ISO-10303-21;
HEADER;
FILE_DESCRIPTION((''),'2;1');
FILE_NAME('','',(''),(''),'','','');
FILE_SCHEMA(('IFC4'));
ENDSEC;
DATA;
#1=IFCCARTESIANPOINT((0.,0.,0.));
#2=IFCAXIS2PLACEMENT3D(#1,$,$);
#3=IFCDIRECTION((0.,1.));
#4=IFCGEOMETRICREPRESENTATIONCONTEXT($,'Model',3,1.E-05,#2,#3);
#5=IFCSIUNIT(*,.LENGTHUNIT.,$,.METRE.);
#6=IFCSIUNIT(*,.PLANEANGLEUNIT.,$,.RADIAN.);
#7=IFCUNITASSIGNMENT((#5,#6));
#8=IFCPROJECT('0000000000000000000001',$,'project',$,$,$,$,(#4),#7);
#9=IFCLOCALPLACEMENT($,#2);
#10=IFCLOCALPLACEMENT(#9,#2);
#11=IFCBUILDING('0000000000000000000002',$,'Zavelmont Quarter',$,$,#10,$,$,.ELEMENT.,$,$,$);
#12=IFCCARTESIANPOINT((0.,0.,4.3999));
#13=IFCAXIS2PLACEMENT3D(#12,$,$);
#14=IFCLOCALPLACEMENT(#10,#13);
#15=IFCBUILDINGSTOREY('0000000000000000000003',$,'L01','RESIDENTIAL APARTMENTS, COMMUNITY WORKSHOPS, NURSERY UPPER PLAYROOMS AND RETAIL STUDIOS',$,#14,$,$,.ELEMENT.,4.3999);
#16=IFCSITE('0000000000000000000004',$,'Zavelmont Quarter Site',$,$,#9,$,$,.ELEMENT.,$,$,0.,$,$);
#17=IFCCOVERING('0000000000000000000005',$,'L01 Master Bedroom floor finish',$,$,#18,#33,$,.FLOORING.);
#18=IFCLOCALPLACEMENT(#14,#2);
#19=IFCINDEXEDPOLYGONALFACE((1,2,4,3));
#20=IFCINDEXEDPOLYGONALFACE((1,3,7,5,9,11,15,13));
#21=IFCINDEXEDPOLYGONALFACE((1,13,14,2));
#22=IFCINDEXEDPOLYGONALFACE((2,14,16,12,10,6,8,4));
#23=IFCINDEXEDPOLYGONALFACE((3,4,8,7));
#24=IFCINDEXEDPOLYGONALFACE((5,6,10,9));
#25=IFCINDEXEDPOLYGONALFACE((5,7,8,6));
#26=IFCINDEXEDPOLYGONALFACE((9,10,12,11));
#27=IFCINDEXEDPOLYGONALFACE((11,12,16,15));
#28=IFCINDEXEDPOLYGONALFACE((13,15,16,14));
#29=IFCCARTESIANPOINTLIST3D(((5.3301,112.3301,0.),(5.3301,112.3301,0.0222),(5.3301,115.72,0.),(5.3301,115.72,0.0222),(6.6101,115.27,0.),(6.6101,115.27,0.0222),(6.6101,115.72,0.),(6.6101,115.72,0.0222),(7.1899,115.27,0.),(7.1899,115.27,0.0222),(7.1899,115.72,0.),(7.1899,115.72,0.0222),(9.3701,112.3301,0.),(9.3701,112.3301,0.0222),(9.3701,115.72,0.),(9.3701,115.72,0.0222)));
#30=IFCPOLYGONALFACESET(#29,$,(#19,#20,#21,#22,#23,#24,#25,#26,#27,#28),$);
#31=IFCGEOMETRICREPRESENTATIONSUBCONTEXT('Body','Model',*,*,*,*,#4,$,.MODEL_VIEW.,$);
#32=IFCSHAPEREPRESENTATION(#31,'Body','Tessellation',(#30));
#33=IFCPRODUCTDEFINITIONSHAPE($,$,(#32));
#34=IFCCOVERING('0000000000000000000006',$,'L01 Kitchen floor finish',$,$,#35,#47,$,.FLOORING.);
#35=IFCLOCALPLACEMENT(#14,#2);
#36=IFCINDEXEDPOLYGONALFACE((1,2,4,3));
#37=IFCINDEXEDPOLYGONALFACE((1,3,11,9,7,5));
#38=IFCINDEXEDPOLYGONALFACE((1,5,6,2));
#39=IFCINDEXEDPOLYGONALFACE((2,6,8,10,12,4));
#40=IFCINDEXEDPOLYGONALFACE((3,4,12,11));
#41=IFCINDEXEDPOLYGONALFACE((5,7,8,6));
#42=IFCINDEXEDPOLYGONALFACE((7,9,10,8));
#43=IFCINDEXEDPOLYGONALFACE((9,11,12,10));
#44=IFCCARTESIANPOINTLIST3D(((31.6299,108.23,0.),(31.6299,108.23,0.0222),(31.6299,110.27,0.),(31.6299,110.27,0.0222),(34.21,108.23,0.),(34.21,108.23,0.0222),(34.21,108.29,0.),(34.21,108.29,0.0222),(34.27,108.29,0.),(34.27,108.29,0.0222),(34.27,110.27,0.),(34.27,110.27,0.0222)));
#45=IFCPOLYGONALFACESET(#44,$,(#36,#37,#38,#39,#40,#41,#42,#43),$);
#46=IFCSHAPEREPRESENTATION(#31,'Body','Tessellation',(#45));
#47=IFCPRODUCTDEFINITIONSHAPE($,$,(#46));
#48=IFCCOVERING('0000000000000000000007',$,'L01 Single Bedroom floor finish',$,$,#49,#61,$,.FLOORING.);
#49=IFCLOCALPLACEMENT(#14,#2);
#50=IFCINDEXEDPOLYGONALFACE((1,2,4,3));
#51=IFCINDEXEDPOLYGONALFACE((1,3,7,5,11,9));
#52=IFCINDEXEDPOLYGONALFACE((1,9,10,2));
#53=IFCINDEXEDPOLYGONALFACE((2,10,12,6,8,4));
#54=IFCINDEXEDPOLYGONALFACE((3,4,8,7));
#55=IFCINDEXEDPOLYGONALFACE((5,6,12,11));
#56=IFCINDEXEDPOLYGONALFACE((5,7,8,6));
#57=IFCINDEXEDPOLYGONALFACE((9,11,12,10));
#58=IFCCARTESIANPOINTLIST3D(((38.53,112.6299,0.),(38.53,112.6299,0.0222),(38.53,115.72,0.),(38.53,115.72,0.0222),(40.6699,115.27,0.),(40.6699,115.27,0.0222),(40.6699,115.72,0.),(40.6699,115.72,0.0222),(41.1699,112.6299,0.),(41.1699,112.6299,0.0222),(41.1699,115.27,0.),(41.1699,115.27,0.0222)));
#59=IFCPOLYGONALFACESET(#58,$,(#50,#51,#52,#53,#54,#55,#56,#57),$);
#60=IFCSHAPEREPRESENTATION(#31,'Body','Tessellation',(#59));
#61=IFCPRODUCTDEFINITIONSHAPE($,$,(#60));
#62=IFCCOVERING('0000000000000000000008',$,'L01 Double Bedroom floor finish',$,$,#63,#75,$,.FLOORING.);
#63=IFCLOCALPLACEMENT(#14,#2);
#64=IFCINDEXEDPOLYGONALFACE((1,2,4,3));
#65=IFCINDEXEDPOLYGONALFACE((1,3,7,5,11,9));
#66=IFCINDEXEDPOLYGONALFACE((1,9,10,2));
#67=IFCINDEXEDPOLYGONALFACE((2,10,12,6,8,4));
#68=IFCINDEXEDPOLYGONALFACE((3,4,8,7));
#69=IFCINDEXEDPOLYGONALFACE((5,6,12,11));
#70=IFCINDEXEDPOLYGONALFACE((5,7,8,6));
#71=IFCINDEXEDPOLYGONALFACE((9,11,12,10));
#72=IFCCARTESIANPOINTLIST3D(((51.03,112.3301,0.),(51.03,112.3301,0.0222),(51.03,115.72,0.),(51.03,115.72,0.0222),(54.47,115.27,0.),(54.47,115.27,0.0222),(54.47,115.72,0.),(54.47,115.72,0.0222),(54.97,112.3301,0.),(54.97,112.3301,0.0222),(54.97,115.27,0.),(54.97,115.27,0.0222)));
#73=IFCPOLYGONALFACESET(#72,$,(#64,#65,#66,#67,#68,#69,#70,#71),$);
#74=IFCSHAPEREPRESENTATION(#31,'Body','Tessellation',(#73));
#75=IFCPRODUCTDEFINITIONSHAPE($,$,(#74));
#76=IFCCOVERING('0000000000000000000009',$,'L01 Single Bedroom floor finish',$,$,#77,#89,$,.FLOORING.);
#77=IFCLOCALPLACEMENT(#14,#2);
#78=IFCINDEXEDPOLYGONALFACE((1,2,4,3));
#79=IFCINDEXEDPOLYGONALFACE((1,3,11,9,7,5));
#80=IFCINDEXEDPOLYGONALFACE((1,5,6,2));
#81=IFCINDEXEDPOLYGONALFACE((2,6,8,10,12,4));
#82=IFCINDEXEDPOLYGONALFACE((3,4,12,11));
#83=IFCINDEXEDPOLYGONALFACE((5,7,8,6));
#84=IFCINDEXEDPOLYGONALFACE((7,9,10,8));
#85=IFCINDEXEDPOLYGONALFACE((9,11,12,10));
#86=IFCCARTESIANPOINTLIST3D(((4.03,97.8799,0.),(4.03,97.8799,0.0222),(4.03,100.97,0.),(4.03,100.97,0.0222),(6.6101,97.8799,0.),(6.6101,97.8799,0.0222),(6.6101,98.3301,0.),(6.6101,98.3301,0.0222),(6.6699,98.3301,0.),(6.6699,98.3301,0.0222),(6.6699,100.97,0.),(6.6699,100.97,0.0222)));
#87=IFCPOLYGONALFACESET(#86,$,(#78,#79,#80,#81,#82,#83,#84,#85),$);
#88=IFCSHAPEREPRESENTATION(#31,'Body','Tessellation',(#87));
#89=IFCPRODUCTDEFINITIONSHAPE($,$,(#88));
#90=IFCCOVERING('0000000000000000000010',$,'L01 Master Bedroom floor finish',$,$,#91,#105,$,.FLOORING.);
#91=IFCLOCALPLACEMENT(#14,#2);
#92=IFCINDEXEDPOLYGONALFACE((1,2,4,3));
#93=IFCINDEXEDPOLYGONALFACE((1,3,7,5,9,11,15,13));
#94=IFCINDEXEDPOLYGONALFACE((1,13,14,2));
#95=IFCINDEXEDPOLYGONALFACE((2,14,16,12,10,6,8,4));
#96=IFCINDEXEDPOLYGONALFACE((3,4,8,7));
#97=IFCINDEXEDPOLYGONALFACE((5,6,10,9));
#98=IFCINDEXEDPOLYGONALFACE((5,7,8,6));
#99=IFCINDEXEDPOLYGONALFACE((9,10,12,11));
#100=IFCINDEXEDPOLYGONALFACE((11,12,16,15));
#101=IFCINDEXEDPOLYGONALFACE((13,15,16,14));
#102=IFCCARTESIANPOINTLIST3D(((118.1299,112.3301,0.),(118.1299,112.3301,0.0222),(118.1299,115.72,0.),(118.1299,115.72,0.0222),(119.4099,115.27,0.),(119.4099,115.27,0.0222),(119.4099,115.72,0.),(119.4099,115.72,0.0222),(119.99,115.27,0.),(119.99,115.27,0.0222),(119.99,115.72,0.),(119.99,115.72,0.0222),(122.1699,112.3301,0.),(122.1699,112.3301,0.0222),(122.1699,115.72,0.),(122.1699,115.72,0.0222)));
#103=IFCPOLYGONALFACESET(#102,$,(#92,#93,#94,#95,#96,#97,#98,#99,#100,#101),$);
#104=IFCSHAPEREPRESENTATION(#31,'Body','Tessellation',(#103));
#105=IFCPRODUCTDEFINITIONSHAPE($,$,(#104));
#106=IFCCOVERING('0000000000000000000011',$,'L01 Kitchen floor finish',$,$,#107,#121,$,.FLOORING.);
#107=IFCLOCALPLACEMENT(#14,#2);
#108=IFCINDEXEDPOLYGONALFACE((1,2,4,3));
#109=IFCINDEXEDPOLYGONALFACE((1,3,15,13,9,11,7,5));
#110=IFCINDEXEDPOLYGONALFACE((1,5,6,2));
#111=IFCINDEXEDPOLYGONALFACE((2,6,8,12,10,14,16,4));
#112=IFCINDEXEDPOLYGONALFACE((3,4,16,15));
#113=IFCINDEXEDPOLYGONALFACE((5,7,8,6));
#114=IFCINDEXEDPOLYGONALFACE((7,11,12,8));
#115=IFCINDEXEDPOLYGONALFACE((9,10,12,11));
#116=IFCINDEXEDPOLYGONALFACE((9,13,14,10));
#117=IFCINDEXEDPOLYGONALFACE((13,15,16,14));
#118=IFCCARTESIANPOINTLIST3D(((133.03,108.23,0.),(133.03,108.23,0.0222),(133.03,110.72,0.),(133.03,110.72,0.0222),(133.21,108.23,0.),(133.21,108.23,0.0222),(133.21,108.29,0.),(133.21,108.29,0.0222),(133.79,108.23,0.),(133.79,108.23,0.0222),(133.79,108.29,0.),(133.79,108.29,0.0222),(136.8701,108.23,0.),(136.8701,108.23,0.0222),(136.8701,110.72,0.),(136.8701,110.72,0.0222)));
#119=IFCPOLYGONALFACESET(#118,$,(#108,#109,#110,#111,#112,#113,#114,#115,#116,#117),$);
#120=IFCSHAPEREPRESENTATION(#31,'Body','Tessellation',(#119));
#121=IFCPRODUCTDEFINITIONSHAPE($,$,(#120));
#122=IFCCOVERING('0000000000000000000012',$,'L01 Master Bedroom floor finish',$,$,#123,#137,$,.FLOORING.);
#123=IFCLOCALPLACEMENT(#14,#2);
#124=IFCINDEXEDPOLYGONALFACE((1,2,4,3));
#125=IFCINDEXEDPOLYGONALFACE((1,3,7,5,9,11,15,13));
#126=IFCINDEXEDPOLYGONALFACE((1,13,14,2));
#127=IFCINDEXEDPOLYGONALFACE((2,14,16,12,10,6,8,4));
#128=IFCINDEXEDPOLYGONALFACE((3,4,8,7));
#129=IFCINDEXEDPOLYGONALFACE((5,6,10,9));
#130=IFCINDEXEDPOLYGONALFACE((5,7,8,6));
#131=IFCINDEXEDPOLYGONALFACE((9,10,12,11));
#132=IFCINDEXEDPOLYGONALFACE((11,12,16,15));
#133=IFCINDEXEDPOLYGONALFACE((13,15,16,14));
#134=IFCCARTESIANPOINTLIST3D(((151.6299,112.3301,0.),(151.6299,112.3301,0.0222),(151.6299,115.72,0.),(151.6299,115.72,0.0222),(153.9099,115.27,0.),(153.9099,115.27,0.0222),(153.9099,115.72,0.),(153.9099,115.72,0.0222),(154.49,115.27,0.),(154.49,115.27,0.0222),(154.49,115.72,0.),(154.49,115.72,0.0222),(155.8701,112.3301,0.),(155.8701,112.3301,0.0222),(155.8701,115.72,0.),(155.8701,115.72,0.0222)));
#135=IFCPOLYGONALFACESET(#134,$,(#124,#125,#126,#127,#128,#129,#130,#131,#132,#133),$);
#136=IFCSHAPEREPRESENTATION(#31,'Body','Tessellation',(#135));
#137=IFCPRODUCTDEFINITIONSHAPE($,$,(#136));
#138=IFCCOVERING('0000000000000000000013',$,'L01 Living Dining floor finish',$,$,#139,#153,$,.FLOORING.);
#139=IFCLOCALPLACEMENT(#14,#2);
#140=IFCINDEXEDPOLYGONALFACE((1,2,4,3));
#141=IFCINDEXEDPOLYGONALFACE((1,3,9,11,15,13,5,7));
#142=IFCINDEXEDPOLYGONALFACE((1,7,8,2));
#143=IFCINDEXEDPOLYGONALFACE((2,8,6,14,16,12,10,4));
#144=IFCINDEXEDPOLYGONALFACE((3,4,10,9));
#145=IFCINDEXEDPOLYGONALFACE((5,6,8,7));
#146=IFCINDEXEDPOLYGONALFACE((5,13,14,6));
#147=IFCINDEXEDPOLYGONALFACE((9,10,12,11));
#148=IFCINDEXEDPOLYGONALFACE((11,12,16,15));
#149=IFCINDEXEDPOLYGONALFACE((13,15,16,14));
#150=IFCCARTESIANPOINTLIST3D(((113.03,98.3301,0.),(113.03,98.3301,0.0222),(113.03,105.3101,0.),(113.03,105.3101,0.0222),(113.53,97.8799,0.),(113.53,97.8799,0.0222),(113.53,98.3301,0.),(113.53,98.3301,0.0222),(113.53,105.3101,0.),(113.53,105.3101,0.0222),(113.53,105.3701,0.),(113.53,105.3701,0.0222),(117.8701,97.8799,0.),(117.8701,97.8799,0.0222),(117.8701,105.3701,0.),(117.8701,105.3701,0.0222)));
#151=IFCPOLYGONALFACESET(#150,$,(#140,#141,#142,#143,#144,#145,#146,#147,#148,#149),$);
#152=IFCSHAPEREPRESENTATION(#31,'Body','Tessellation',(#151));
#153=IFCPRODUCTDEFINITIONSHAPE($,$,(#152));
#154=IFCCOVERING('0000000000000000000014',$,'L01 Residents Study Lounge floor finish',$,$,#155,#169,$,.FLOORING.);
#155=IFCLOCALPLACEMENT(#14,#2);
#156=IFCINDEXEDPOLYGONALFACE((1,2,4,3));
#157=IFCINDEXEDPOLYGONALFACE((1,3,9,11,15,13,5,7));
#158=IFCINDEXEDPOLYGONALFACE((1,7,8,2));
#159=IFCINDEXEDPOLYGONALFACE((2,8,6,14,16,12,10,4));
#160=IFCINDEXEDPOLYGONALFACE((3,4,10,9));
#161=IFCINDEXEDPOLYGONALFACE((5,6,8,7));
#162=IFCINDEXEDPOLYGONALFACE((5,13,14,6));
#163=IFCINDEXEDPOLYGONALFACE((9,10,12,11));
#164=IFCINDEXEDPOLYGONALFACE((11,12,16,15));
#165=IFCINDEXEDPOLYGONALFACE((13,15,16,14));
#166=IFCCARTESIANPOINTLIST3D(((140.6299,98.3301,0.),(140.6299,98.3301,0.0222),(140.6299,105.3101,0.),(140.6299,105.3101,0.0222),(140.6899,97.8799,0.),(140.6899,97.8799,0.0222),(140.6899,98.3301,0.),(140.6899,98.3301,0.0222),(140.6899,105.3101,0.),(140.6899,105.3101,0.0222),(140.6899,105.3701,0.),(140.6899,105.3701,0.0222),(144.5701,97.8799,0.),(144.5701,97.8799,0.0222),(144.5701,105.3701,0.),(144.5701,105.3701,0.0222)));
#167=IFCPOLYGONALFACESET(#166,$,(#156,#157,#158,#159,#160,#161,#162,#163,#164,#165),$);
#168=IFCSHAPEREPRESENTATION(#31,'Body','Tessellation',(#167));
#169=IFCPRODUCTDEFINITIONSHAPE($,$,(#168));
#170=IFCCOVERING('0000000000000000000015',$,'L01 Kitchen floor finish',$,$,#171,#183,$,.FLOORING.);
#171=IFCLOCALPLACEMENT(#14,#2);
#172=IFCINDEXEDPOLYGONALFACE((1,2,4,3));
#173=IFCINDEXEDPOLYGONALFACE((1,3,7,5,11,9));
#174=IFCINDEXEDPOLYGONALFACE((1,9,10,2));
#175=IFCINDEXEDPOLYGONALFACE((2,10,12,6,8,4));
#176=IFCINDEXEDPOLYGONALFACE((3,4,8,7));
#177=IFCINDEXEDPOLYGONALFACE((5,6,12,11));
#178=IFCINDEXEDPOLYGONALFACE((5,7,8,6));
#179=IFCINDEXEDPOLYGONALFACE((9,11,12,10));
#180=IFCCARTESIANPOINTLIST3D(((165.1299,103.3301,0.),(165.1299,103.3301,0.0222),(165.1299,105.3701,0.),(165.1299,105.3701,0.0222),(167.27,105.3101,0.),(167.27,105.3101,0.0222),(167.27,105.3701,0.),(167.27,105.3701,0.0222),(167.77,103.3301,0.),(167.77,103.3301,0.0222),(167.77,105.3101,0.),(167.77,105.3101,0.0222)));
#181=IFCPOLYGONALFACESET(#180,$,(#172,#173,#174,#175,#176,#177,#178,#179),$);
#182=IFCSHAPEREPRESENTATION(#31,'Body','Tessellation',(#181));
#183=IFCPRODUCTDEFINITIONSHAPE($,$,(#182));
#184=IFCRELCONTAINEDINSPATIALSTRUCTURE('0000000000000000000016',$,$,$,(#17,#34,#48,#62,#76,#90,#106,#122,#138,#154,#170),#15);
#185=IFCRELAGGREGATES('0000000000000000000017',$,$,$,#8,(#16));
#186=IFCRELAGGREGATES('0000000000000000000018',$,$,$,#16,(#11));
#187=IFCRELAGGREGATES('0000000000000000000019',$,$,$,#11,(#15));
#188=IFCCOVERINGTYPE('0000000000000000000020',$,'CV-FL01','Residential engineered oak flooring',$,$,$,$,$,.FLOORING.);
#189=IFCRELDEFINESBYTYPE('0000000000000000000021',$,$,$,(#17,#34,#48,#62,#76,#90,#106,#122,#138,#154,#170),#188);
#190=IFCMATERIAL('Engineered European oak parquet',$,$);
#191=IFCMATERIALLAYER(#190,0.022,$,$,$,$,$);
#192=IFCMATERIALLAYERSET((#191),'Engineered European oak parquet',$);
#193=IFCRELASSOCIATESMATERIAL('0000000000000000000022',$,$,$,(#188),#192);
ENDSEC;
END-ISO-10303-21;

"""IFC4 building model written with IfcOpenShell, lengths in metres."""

from ifc_helpers import new_model, si_unit, direction, frame, origin, place, context, subcontext, project, spatial, polyline, outline, extrude, material, layer, layer_set, type_object, element, save


model = new_model("IFC4")

# Units and contexts
model_context = context("Model", 3, precision=1e-05, world=origin(), true_north=direction((0.0, 1.0)))
body_context = subcontext(model_context, "Body", "Model", "MODEL_VIEW")
ifc_project = project(units=[si_unit("LENGTHUNIT", "METRE"), si_unit("PLANEANGLEUNIT", "RADIAN")], contexts=[model_context])

# Site, building, storey
site_placement = place(None, origin())
site = spatial("IfcSite", under=ifc_project, at=site_placement, Name="Zavelmont Quarter Site", CompositionType="ELEMENT", RefElevation=0.0)
building_placement = place(site_placement, origin())
building = spatial("IfcBuilding", under=site, at=building_placement, Name="Zavelmont Quarter", CompositionType="ELEMENT")
storey_placement = place(building_placement, frame((0.0, 0.0, 4.3999)))
storey = spatial("IfcBuildingStorey", under=building, at=storey_placement, Name="L01", Description="RESIDENTIAL APARTMENTS, COMMUNITY WORKSHOPS, NURSERY UPPER PLAYROOMS AND RETAIL STUDIOS", CompositionType="ELEMENT", Elevation=4.3999)

# Coverings
ifc_material_1 = material(Name="Engineered European oak parquet")
ifc_layer_1 = layer(ifc_material_1, 0.022)
ifc_layer_set_1 = layer_set([ifc_layer_1], Name="Engineered European oak parquet")
covering_type_1 = type_object("IfcCoveringType", Name="CV-FL01", Description="Residential engineered oak flooring", PredefinedType="FLOORING", material=ifc_layer_set_1)
covering_1_placement = place(storey_placement, origin())
element("IfcCovering", 1, at=covering_1_placement, inside=storey, type_object=covering_type_1, Name="L01 Master Bedroom floor finish", PredefinedType="FLOORING", context=body_context, shape_type="SweptSolid", body=[
    extrude(outline(polyline([(5.3301, 115.72), (6.6101, 115.72), (6.6101, 115.27), (7.1899, 115.27), (7.1899, 115.72), (9.3701, 115.72), (9.3701, 112.3301), (5.3301, 112.3301), (5.3301, 115.72)])), origin(), (0.0, 0.0, 1.0), 0.0222),
])
covering_2_placement = place(storey_placement, origin())
element("IfcCovering", 2, at=covering_2_placement, inside=storey, type_object=covering_type_1, Name="L01 Kitchen floor finish", PredefinedType="FLOORING", context=body_context, shape_type="SweptSolid", body=[
    extrude(outline(polyline([(31.6299, 110.27), (34.27, 110.27), (34.27, 108.29), (34.21, 108.29), (34.21, 108.23), (31.6299, 108.23), (31.6299, 110.27)])), origin(), (0.0, 0.0, 1.0), 0.0222),
])
covering_3_placement = place(storey_placement, origin())
element("IfcCovering", 3, at=covering_3_placement, inside=storey, type_object=covering_type_1, Name="L01 Single Bedroom floor finish", PredefinedType="FLOORING", context=body_context, shape_type="SweptSolid", body=[
    extrude(outline(polyline([(38.53, 115.72), (40.6699, 115.72), (40.6699, 115.27), (41.1699, 115.27), (41.1699, 112.6299), (38.53, 112.6299), (38.53, 115.72)])), origin(), (0.0, 0.0, 1.0), 0.0222),
])
covering_4_placement = place(storey_placement, origin())
element("IfcCovering", 4, at=covering_4_placement, inside=storey, type_object=covering_type_1, Name="L01 Double Bedroom floor finish", PredefinedType="FLOORING", context=body_context, shape_type="SweptSolid", body=[
    extrude(outline(polyline([(51.03, 115.72), (54.47, 115.72), (54.47, 115.27), (54.97, 115.27), (54.97, 112.3301), (51.03, 112.3301), (51.03, 115.72)])), origin(), (0.0, 0.0, 1.0), 0.0222),
])
covering_5_placement = place(storey_placement, origin())
element("IfcCovering", 5, at=covering_5_placement, inside=storey, type_object=covering_type_1, Name="L01 Single Bedroom floor finish", PredefinedType="FLOORING", context=body_context, shape_type="SweptSolid", body=[
    extrude(outline(polyline([(4.03, 100.97), (6.6699, 100.97), (6.6699, 98.3301), (6.6101, 98.3301), (6.6101, 97.8799), (4.03, 97.8799), (4.03, 100.97)])), origin(), (0.0, 0.0, 1.0), 0.0222),
])
covering_6_placement = place(storey_placement, origin())
element("IfcCovering", 6, at=covering_6_placement, inside=storey, type_object=covering_type_1, Name="L01 Master Bedroom floor finish", PredefinedType="FLOORING", context=body_context, shape_type="SweptSolid", body=[
    extrude(outline(polyline([(118.1299, 115.72), (119.4099, 115.72), (119.4099, 115.27), (119.99, 115.27), (119.99, 115.72), (122.1699, 115.72), (122.1699, 112.3301), (118.1299, 112.3301), (118.1299, 115.72)])), origin(), (0.0, 0.0, 1.0), 0.0222),
])
covering_7_placement = place(storey_placement, origin())
element("IfcCovering", 7, at=covering_7_placement, inside=storey, type_object=covering_type_1, Name="L01 Kitchen floor finish", PredefinedType="FLOORING", context=body_context, shape_type="SweptSolid", body=[
    extrude(outline(polyline([(133.03, 110.72), (136.8701, 110.72), (136.8701, 108.23), (133.79, 108.23), (133.79, 108.29), (133.21, 108.29), (133.21, 108.23), (133.03, 108.23), (133.03, 110.72)])), origin(), (0.0, 0.0, 1.0), 0.0222),
])
covering_8_placement = place(storey_placement, origin())
element("IfcCovering", 8, at=covering_8_placement, inside=storey, type_object=covering_type_1, Name="L01 Master Bedroom floor finish", PredefinedType="FLOORING", context=body_context, shape_type="SweptSolid", body=[
    extrude(outline(polyline([(151.6299, 115.72), (153.9099, 115.72), (153.9099, 115.27), (154.49, 115.27), (154.49, 115.72), (155.8701, 115.72), (155.8701, 112.3301), (151.6299, 112.3301), (151.6299, 115.72)])), origin(), (0.0, 0.0, 1.0), 0.0222),
])
covering_9_placement = place(storey_placement, origin())
element("IfcCovering", 9, at=covering_9_placement, inside=storey, type_object=covering_type_1, Name="L01 Living Dining floor finish", PredefinedType="FLOORING", context=body_context, shape_type="SweptSolid", body=[
    extrude(outline(polyline([(113.03, 105.3101), (113.53, 105.3101), (113.53, 105.3701), (117.8701, 105.3701), (117.8701, 97.8799), (113.53, 97.8799), (113.53, 98.3301), (113.03, 98.3301), (113.03, 105.3101)])), origin(), (0.0, 0.0, 1.0), 0.0222),
])
covering_10_placement = place(storey_placement, origin())
element("IfcCovering", 10, at=covering_10_placement, inside=storey, type_object=covering_type_1, Name="L01 Residents Study Lounge floor finish", PredefinedType="FLOORING", context=body_context, shape_type="SweptSolid", body=[
    extrude(outline(polyline([(140.6299, 105.3101), (140.6899, 105.3101), (140.6899, 105.3701), (144.5701, 105.3701), (144.5701, 97.8799), (140.6899, 97.8799), (140.6899, 98.3301), (140.6299, 98.3301), (140.6299, 105.3101)])), origin(), (0.0, 0.0, 1.0), 0.0222),
])
covering_11_placement = place(storey_placement, origin())
element("IfcCovering", 11, at=covering_11_placement, inside=storey, type_object=covering_type_1, Name="L01 Kitchen floor finish", PredefinedType="FLOORING", context=body_context, shape_type="SweptSolid", body=[
    extrude(outline(polyline([(165.1299, 105.3701), (167.27, 105.3701), (167.27, 105.3101), (167.77, 105.3101), (167.77, 103.3301), (165.1299, 103.3301), (165.1299, 105.3701)])), origin(), (0.0, 0.0, 1.0), 0.0222),
])

save(model, "model.ifc")
